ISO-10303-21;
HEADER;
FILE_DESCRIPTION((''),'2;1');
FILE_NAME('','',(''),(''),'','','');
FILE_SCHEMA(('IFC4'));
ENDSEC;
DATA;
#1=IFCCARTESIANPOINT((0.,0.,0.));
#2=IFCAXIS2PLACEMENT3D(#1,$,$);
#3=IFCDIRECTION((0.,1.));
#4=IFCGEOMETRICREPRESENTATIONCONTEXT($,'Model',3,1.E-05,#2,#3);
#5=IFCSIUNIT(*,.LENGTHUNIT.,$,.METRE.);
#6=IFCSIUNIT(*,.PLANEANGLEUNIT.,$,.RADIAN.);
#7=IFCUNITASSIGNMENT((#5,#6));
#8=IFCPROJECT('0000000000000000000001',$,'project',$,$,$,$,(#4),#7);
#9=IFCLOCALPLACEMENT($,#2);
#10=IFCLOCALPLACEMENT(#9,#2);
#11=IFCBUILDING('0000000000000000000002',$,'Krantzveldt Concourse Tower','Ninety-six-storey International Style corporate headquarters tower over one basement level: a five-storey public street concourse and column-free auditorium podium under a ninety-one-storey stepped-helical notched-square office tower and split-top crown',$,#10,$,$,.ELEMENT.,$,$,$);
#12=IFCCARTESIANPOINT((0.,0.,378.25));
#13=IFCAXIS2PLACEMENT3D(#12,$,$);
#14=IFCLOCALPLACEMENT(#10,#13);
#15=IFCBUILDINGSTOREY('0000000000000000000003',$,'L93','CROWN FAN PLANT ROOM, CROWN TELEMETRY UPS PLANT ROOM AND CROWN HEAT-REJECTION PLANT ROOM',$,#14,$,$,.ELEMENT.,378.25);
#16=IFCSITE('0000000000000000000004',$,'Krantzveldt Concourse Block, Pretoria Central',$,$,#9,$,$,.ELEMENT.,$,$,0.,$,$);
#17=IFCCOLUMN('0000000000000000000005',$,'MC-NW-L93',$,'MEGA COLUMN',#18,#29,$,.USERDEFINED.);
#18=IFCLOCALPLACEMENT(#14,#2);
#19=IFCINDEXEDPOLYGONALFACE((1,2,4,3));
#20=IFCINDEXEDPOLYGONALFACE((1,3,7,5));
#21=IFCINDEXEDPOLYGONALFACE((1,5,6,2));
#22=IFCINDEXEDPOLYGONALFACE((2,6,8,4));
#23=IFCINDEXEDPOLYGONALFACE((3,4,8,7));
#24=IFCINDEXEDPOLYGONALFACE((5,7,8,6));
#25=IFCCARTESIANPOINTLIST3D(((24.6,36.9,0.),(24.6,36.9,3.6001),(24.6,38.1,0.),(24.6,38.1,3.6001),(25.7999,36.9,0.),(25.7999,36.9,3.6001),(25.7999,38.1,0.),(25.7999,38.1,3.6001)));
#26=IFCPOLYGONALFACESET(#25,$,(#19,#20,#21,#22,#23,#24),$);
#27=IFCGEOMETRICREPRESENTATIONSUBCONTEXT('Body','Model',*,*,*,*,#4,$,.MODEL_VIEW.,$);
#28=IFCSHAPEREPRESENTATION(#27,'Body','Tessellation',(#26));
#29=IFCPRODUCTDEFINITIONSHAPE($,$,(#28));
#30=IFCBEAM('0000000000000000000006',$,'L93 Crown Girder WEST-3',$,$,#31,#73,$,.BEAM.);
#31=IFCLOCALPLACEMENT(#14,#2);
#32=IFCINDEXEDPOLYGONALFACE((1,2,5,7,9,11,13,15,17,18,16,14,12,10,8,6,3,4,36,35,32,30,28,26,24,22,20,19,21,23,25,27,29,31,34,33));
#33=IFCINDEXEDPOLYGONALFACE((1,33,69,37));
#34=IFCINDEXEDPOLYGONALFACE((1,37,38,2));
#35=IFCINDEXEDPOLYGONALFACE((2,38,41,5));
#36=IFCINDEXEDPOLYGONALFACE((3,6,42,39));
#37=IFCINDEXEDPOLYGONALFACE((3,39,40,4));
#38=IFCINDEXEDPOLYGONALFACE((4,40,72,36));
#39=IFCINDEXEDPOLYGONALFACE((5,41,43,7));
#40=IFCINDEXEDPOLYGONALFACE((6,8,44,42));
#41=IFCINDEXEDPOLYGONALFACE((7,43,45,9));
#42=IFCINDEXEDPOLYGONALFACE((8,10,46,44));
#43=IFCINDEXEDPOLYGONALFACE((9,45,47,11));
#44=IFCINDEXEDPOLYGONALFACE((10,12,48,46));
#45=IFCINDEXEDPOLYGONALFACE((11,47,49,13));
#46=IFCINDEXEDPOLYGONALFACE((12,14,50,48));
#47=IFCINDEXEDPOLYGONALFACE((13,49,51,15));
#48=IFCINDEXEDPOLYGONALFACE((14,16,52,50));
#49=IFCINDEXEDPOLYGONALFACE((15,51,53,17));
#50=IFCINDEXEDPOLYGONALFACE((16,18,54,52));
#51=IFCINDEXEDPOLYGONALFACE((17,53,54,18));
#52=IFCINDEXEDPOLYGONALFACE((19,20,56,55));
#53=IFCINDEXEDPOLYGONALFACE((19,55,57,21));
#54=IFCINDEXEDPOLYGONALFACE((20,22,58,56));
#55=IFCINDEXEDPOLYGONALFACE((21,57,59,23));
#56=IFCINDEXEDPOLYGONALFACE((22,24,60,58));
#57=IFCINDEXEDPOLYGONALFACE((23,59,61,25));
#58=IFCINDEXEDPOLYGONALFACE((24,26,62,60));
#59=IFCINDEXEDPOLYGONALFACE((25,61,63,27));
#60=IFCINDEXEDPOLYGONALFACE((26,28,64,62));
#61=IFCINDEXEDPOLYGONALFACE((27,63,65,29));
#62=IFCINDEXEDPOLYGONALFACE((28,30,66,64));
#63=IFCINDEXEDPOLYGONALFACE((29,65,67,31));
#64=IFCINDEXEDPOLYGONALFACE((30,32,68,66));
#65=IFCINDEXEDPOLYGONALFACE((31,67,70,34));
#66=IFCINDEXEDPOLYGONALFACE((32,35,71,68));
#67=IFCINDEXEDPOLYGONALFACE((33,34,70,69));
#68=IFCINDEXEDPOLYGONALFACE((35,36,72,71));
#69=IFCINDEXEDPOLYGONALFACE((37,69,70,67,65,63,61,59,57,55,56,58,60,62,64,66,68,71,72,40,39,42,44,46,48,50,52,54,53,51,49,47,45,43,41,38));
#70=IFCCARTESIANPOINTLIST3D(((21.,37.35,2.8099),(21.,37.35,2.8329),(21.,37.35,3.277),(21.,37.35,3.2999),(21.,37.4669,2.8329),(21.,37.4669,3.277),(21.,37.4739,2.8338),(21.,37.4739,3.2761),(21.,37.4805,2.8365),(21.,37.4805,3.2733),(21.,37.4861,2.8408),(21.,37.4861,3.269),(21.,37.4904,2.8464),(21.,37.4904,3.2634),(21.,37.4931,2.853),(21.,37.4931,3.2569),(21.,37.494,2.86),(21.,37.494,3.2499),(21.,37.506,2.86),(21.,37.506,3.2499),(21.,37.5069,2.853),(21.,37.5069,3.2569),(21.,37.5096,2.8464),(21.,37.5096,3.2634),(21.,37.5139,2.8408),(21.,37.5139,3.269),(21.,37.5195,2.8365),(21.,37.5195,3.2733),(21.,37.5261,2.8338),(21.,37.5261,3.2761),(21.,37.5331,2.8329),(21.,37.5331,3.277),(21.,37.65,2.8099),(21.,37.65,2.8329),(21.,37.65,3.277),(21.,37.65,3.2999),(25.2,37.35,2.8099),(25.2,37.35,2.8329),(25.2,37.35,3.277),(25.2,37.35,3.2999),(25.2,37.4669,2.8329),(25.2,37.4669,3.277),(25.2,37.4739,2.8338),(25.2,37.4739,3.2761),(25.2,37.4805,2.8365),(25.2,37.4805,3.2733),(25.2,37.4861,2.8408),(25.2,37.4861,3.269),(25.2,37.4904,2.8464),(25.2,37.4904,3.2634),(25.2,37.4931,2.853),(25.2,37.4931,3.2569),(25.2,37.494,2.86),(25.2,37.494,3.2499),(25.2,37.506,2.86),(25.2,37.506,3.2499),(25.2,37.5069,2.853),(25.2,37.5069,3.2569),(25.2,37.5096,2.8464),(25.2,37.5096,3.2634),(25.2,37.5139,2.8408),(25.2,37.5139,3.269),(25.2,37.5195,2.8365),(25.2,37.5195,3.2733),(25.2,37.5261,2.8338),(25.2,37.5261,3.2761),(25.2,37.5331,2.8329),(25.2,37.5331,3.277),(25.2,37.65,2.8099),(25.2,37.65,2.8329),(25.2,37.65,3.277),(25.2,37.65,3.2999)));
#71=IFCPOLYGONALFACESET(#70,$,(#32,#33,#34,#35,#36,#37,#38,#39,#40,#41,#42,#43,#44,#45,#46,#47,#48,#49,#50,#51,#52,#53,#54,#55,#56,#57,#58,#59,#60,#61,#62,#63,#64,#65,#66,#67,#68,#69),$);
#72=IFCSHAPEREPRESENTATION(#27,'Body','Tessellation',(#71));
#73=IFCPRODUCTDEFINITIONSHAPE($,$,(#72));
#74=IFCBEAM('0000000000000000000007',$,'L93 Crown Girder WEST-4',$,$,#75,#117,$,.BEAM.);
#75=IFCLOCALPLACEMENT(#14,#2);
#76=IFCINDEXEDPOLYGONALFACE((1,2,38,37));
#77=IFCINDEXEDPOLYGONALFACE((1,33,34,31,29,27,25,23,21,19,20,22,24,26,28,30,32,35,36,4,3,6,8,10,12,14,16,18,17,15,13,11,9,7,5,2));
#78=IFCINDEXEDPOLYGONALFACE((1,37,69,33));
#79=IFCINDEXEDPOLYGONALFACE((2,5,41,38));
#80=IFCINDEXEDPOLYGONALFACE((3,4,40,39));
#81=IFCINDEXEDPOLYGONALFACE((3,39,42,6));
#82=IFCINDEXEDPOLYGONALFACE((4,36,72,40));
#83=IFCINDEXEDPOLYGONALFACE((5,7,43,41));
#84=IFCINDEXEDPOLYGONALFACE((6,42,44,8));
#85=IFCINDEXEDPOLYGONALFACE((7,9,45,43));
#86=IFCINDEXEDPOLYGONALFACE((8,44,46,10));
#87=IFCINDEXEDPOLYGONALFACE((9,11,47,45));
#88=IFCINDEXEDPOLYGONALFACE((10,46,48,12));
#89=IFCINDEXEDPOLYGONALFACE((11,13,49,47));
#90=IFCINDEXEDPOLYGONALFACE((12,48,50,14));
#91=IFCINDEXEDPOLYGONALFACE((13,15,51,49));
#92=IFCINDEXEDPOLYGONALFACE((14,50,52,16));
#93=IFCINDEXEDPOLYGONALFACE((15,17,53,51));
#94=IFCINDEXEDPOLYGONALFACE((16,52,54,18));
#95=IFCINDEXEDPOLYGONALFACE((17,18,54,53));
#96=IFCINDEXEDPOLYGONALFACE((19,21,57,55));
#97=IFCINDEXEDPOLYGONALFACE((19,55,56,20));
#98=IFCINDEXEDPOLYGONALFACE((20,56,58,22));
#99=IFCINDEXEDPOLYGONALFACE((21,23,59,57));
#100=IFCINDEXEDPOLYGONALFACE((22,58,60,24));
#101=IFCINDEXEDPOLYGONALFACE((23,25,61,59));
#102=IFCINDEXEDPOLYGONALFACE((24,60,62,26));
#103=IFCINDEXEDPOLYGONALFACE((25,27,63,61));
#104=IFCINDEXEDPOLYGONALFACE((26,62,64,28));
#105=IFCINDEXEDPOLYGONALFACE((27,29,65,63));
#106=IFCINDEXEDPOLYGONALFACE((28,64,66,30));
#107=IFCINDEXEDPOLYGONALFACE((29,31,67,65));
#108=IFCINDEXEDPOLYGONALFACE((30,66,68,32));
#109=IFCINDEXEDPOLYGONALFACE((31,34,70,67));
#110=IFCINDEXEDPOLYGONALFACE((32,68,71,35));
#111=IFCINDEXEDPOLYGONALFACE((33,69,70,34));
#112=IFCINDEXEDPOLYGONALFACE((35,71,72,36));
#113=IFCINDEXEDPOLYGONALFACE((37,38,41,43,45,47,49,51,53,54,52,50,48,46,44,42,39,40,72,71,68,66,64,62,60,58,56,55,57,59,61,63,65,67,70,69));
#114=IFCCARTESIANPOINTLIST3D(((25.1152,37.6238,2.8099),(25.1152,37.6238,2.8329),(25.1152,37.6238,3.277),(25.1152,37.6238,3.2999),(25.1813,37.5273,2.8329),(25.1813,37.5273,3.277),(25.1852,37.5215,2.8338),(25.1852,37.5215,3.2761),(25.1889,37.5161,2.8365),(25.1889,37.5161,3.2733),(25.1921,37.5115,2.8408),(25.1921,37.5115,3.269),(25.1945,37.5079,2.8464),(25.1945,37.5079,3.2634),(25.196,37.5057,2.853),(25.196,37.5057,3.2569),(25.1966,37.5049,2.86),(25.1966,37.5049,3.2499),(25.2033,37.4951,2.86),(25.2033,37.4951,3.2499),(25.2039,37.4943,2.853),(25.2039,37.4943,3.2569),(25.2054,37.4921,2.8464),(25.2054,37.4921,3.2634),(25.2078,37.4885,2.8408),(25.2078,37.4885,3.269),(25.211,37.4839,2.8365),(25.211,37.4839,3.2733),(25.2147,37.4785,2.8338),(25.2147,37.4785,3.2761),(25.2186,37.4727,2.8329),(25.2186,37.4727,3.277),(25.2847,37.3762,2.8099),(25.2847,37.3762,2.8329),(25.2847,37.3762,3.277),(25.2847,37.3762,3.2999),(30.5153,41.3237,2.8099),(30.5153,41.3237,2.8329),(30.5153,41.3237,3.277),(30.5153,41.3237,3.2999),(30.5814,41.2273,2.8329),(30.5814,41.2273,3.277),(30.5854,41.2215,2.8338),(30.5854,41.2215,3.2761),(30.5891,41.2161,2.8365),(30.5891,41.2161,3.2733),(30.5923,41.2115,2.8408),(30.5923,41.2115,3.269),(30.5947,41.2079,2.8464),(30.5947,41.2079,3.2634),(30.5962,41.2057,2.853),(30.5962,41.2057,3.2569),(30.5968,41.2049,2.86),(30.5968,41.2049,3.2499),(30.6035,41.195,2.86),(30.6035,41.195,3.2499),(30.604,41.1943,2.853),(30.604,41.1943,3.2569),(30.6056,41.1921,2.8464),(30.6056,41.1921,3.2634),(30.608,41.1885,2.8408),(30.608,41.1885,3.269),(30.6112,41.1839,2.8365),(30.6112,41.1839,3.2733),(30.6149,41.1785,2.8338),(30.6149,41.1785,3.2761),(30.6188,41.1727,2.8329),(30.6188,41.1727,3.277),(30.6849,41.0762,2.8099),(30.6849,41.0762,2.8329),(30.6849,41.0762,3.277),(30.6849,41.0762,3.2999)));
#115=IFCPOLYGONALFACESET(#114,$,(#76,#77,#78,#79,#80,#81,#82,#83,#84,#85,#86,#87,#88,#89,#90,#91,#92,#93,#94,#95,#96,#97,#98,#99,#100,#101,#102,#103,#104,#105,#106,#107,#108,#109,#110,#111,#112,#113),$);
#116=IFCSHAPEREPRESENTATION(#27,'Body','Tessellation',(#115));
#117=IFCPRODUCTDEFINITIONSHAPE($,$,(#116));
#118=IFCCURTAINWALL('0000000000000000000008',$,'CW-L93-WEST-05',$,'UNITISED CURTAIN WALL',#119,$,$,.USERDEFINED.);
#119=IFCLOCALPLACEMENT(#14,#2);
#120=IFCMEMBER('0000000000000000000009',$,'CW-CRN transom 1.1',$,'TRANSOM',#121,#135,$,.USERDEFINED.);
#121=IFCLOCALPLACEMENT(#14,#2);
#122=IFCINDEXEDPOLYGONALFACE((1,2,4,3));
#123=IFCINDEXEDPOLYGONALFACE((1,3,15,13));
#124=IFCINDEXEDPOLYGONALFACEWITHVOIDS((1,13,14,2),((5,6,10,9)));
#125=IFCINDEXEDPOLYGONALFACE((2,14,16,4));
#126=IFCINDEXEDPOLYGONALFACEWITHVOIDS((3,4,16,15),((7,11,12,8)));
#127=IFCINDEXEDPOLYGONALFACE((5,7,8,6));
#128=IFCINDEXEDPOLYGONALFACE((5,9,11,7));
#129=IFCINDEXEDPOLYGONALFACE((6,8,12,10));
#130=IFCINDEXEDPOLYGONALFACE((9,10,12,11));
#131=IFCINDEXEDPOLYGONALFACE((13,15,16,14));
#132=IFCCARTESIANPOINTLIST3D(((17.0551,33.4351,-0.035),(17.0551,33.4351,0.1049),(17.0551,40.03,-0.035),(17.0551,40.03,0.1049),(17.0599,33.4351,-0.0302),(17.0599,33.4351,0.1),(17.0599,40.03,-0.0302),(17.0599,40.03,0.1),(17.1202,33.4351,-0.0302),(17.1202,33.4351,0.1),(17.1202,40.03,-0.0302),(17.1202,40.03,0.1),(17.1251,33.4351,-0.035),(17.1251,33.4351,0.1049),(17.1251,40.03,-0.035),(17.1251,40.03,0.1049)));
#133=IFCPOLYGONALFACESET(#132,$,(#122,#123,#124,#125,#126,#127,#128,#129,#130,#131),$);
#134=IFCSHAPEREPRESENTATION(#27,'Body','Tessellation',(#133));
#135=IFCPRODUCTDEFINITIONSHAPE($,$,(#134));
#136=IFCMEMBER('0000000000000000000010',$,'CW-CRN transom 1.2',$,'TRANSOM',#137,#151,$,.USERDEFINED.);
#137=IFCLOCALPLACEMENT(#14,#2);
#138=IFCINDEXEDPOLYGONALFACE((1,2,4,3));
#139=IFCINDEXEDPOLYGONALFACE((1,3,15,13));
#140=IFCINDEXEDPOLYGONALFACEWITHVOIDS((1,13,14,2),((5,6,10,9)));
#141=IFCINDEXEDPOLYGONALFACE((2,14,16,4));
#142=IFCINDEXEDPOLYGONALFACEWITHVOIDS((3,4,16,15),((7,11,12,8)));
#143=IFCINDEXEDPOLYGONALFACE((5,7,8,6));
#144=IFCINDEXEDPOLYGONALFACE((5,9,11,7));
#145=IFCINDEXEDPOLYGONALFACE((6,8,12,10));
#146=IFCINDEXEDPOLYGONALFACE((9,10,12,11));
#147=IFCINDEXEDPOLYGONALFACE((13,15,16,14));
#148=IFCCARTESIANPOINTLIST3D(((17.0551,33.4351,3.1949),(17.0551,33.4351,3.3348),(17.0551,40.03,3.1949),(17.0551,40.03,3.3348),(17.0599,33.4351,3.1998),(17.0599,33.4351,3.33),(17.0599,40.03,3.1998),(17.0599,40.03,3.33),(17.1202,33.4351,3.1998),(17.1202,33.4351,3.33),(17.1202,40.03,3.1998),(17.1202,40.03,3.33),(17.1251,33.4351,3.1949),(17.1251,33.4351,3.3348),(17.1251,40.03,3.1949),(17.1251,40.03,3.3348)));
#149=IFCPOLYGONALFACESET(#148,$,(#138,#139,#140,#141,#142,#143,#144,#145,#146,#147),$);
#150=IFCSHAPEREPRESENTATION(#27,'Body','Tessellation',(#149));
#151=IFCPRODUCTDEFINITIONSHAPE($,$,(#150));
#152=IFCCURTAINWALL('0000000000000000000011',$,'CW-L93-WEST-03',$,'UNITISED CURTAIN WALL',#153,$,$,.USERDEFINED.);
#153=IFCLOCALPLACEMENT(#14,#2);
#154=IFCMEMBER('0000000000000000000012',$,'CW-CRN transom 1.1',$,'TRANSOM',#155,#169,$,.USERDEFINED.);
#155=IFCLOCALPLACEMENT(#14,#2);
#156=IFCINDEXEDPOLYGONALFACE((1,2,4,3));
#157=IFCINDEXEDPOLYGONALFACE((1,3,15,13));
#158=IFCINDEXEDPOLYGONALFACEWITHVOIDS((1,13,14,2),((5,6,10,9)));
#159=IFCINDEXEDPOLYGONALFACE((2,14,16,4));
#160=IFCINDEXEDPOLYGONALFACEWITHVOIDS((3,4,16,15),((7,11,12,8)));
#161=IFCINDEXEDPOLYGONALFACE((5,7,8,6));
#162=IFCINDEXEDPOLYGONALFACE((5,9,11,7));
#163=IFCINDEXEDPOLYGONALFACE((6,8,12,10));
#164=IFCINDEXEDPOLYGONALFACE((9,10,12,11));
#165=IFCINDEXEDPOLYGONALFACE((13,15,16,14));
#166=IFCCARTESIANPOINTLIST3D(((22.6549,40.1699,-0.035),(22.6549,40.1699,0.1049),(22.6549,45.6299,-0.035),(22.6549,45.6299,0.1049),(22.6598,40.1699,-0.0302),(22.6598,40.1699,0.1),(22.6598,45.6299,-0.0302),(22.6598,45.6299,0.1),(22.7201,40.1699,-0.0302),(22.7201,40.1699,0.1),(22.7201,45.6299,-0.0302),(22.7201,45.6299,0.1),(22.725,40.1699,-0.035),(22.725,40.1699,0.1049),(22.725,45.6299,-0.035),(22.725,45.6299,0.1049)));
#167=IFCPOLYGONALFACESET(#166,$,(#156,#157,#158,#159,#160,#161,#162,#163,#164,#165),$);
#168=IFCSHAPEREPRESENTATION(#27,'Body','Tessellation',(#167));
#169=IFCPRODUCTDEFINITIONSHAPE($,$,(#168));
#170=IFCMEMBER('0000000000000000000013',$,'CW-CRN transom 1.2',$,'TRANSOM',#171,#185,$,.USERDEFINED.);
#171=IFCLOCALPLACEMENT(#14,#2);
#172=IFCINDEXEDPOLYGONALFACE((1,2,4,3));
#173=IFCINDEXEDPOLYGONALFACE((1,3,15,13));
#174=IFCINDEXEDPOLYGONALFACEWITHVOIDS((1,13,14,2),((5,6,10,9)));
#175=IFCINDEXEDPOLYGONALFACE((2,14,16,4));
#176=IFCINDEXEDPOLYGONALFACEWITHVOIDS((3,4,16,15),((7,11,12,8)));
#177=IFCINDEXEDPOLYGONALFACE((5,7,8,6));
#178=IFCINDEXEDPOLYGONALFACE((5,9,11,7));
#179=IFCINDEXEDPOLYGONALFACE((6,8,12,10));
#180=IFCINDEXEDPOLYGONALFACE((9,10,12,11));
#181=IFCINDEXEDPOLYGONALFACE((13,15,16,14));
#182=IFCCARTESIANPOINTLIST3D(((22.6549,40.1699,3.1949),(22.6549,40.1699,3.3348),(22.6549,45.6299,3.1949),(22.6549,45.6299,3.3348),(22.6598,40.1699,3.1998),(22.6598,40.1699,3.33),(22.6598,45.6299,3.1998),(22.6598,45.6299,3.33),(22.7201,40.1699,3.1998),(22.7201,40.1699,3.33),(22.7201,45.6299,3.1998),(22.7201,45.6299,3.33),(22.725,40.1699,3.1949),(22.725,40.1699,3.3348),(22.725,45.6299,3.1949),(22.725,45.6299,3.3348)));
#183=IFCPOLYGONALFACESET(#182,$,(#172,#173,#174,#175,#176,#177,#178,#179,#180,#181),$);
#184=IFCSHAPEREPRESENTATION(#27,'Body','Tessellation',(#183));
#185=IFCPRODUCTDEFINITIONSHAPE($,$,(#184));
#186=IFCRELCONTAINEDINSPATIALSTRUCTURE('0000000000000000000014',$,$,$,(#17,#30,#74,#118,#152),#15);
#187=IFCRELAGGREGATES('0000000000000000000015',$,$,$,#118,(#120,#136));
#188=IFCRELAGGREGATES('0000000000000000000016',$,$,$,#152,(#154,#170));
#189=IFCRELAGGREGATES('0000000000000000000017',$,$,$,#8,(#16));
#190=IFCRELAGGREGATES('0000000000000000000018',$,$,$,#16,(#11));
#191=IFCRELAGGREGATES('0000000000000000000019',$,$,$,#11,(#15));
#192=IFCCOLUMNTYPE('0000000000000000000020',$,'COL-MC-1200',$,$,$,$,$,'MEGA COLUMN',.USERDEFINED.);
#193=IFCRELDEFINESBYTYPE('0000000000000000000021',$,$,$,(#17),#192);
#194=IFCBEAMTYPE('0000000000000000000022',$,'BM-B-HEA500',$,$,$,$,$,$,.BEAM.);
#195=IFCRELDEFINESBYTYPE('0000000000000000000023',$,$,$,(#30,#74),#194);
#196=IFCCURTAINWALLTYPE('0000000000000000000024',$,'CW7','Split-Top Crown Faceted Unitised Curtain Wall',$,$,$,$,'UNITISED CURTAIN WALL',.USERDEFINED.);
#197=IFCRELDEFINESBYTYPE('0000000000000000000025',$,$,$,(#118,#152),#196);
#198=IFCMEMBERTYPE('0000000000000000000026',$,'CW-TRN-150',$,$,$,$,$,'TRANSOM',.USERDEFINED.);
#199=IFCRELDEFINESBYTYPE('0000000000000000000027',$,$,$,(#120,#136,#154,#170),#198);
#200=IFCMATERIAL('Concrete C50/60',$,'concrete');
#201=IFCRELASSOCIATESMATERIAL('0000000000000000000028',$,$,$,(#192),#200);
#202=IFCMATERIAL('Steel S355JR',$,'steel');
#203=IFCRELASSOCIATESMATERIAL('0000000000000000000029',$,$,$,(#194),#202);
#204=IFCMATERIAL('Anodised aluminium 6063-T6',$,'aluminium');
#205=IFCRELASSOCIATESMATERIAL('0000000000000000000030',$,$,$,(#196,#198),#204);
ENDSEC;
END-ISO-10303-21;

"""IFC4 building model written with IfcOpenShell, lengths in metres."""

from ifc_helpers import new_model, si_unit, direction, frame, origin, origin_2d, place, context, subcontext, project, spatial, rectangle, hollow_rectangle, i_section, extrude, source, transform, mapped, material, material_profile, profile_set, type_object, type_shapes, element, aggregate, save


model = new_model("IFC4")

# Units and contexts
model_context = context("Model", 3, precision=1e-05, world=origin(), true_north=direction((0.0, 1.0)))
body_context = subcontext(model_context, "Body", "Model", "MODEL_VIEW")
ifc_project = project(units=[si_unit("LENGTHUNIT", "METRE"), si_unit("PLANEANGLEUNIT", "RADIAN")], contexts=[model_context])

# Site, building, storey
site_placement = place(None, origin())
site = spatial("IfcSite", under=ifc_project, at=site_placement, Name="Krantzveldt Concourse Block, Pretoria Central", CompositionType="ELEMENT", RefElevation=0.0)
building_placement = place(site_placement, origin())
building = spatial("IfcBuilding", under=site, at=building_placement, Name="Krantzveldt Concourse Tower", Description="Ninety-six-storey International Style corporate headquarters tower over one basement level: a five-storey public street concourse and column-free auditorium podium under a ninety-one-storey stepped-helical notched-square office tower and split-top crown", CompositionType="ELEMENT")
storey_placement = place(building_placement, frame((0.0, 0.0, 378.25)))
storey = spatial("IfcBuildingStorey", under=building, at=storey_placement, Name="L93", Description="CROWN FAN PLANT ROOM, CROWN TELEMETRY UPS PLANT ROOM AND CROWN HEAT-REJECTION PLANT ROOM", CompositionType="ELEMENT", Elevation=378.25)

# Column
ifc_material_1 = material(Name="Concrete C50/60", Category="concrete")
ifc_material_profile_1 = material_profile(ifc_material_1, rectangle(XDim=1.2, YDim=1.2, at=origin_2d()), Name="Concrete C50/60", Category="concrete")
ifc_profile_set_1 = profile_set([ifc_material_profile_1], Name="Concrete C50/60 - RC 1200x1200")
column_type = type_object("IfcColumnType", Name="COL-MC-1200", ElementType="MEGA COLUMN", PredefinedType="USERDEFINED", material=ifc_profile_set_1)
shared_shape_1 = source(origin(), body_context, "Body", "SweptSolid", [
    extrude(rectangle(XDim=1.2, YDim=1.2, at=origin_2d()), origin(), (0.0, 0.0, 1.0), 3.6001),
])
type_shapes(column_type, [shared_shape_1])
column_placement = place(storey_placement, frame((25.2, 37.5, 0.0), z_axis=(0.0, 0.0, 1.0), x_axis=(1.0, 0.0, 0.0)))
element("IfcColumn", 1, at=column_placement, inside=storey, type_object=column_type, Name="MC-NW-L93", ObjectType="MEGA COLUMN", PredefinedType="USERDEFINED", context=body_context, shape_type="MappedRepresentation", body=[
    mapped(shared_shape_1, transform((0.0, 0.0, 0.0), x_axis=(1.0, 0.0, 0.0), y_axis=(0.0, 1.0, 0.0), z_axis=(0.0, 0.0, 1.0), scale=1.0)),
])

# Beams
ifc_material_2 = material(Name="Steel S355JR", Category="steel")
ifc_material_profile_2 = material_profile(ifc_material_2, i_section(OverallWidth=0.3, OverallDepth=0.49, WebThickness=0.012, FlangeThickness=0.0229, FilletRadius=0.0271, at=origin_2d()), Name="Steel S355JR", Category="steel")
ifc_profile_set_2 = profile_set([ifc_material_profile_2], Name="Steel S355JR - HEA 500")
beam_type = type_object("IfcBeamType", Name="BM-B-HEA500", PredefinedType="BEAM", material=ifc_profile_set_2)
shared_shape_2 = source(origin(), body_context, "Body", "SweptSolid", [
    extrude(i_section(OverallWidth=0.3, OverallDepth=0.49, WebThickness=0.012, FlangeThickness=0.0229, FilletRadius=0.0271, at=origin_2d()), origin(), (0.0, 0.0, 1.0), 4.2),
])
beam_1_placement = place(storey_placement, frame((21.0, 37.5, 3.0549), z_axis=(1.0, 0.0, 0.0), x_axis=(0.0, 1.0, 0.0)))
element("IfcBeam", 2, at=beam_1_placement, inside=storey, type_object=beam_type, Name="L93 Crown Girder WEST-3", PredefinedType="BEAM", context=body_context, shape_type="MappedRepresentation", body=[
    mapped(shared_shape_2, transform((0.0, 0.0, 0.0), x_axis=(1.0, 0.0, 0.0), y_axis=(0.0, 1.0, 0.0), z_axis=(0.0, 0.0, 1.0), scale=1.0)),
])
shared_shape_3 = source(origin(), body_context, "Body", "SweptSolid", [
    extrude(i_section(OverallWidth=0.3, OverallDepth=0.49, WebThickness=0.012, FlangeThickness=0.0229, FilletRadius=0.0271, at=origin_2d()), origin(), (0.0, 0.0, 1.0), 6.5461),
])
type_shapes(beam_type, [shared_shape_2, shared_shape_3])
beam_2_placement = place(storey_placement, frame((25.2, 37.5, 3.0549), z_axis=(0.824943, 0.565216, 0.0), x_axis=(-0.565216, 0.824943, 0.0)))
element("IfcBeam", 3, at=beam_2_placement, inside=storey, type_object=beam_type, Name="L93 Crown Girder WEST-4", PredefinedType="BEAM", context=body_context, shape_type="MappedRepresentation", body=[
    mapped(shared_shape_3, transform((0.0, 0.0, 0.0), x_axis=(1.0, 0.0, 0.0), y_axis=(0.0, 1.0, 0.0), z_axis=(0.0, 0.0, 1.0), scale=1.0)),
])

# Curtain walls, members
ifc_material_3 = material(Name="Anodised aluminium 6063-T6", Category="aluminium")
curtain_wall_type = type_object("IfcCurtainWallType", Name="CW7", Description="Split-Top Crown Faceted Unitised Curtain Wall", ElementType="UNITISED CURTAIN WALL", PredefinedType="USERDEFINED", material=ifc_material_3)
curtain_wall_1_placement = place(storey_placement, origin())
curtain_wall_1 = element("IfcCurtainWall", 4, at=curtain_wall_1_placement, inside=storey, type_object=curtain_wall_type, Name="CW-L93-WEST-05", ObjectType="UNITISED CURTAIN WALL", PredefinedType="USERDEFINED")
ifc_material_profile_3 = material_profile(ifc_material_3, hollow_rectangle(XDim=0.0701, YDim=0.1399, WallThickness=0.0049, at=origin_2d()), Name="Anodised aluminium 6063-T6", Category="aluminium")
ifc_profile_set_3 = profile_set([ifc_material_profile_3], Name="Anodised aluminium 6063-T6 - ALU-TRAN 140x70x5")
member_type_1 = type_object("IfcMemberType", Name="CW-TRN-150", ElementType="TRANSOM", PredefinedType="USERDEFINED", material=ifc_profile_set_3)
shared_shape_4 = source(origin(), body_context, "Body", "SweptSolid", [
    extrude(hollow_rectangle(XDim=0.0701, YDim=0.1399, WallThickness=0.0049, at=origin_2d()), origin(), (0.0, 0.0, 1.0), 6.595),
])
member_1_placement = place(storey_placement, frame((17.0901, 40.03, 0.0349), z_axis=(0.0, -1.0, 0.0), x_axis=(1.0, 0.0, 0.0)))
member_1 = element("IfcMember", 5, at=member_1_placement, type_object=member_type_1, Name="CW-CRN transom 1.1", ObjectType="TRANSOM", PredefinedType="USERDEFINED", context=body_context, shape_type="MappedRepresentation", body=[
    mapped(shared_shape_4, transform((0.0, 0.0, 0.0), x_axis=(1.0, 0.0, 0.0), y_axis=(0.0, 1.0, 0.0), z_axis=(0.0, 0.0, 1.0), scale=1.0)),
])
member_2_placement = place(storey_placement, frame((17.0901, 40.03, 3.2649), z_axis=(0.0, -1.0, 0.0), x_axis=(1.0, 0.0, 0.0)))
member_2 = element("IfcMember", 6, at=member_2_placement, type_object=member_type_1, Name="CW-CRN transom 1.2", ObjectType="TRANSOM", PredefinedType="USERDEFINED", context=body_context, shape_type="MappedRepresentation", body=[
    mapped(shared_shape_4, transform((0.0, 0.0, 0.0), x_axis=(1.0, 0.0, 0.0), y_axis=(0.0, 1.0, 0.0), z_axis=(0.0, 0.0, 1.0), scale=1.0)),
])
curtain_wall_2_placement = place(storey_placement, origin())
curtain_wall_2 = element("IfcCurtainWall", 7, at=curtain_wall_2_placement, inside=storey, type_object=curtain_wall_type, Name="CW-L93-WEST-03", ObjectType="UNITISED CURTAIN WALL", PredefinedType="USERDEFINED")
shared_shape_5 = source(origin(), body_context, "Body", "SweptSolid", [
    extrude(hollow_rectangle(XDim=0.0701, YDim=0.1399, WallThickness=0.0049, at=origin_2d()), origin(), (0.0, 0.0, 1.0), 5.46),
])
type_shapes(member_type_1, [shared_shape_4, shared_shape_5])
member_3_placement = place(storey_placement, frame((22.6899, 45.6299, 0.0349), z_axis=(0.0, -1.0, 0.0), x_axis=(1.0, 0.0, 0.0)))
member_3 = element("IfcMember", 8, at=member_3_placement, type_object=member_type_1, Name="CW-CRN transom 1.1", ObjectType="TRANSOM", PredefinedType="USERDEFINED", context=body_context, shape_type="MappedRepresentation", body=[
    mapped(shared_shape_5, transform((0.0, 0.0, 0.0), x_axis=(1.0, 0.0, 0.0), y_axis=(0.0, 1.0, 0.0), z_axis=(0.0, 0.0, 1.0), scale=1.0)),
])
member_4_placement = place(storey_placement, frame((22.6899, 45.6299, 3.2649), z_axis=(0.0, -1.0, 0.0), x_axis=(1.0, 0.0, 0.0)))
member_4 = element("IfcMember", 9, at=member_4_placement, type_object=member_type_1, Name="CW-CRN transom 1.2", ObjectType="TRANSOM", PredefinedType="USERDEFINED", context=body_context, shape_type="MappedRepresentation", body=[
    mapped(shared_shape_5, transform((0.0, 0.0, 0.0), x_axis=(1.0, 0.0, 0.0), y_axis=(0.0, 1.0, 0.0), z_axis=(0.0, 0.0, 1.0), scale=1.0)),
])

aggregate(curtain_wall_1, [member_1, member_2])

aggregate(curtain_wall_2, [member_3, member_4])

save(model, "model.ifc")
